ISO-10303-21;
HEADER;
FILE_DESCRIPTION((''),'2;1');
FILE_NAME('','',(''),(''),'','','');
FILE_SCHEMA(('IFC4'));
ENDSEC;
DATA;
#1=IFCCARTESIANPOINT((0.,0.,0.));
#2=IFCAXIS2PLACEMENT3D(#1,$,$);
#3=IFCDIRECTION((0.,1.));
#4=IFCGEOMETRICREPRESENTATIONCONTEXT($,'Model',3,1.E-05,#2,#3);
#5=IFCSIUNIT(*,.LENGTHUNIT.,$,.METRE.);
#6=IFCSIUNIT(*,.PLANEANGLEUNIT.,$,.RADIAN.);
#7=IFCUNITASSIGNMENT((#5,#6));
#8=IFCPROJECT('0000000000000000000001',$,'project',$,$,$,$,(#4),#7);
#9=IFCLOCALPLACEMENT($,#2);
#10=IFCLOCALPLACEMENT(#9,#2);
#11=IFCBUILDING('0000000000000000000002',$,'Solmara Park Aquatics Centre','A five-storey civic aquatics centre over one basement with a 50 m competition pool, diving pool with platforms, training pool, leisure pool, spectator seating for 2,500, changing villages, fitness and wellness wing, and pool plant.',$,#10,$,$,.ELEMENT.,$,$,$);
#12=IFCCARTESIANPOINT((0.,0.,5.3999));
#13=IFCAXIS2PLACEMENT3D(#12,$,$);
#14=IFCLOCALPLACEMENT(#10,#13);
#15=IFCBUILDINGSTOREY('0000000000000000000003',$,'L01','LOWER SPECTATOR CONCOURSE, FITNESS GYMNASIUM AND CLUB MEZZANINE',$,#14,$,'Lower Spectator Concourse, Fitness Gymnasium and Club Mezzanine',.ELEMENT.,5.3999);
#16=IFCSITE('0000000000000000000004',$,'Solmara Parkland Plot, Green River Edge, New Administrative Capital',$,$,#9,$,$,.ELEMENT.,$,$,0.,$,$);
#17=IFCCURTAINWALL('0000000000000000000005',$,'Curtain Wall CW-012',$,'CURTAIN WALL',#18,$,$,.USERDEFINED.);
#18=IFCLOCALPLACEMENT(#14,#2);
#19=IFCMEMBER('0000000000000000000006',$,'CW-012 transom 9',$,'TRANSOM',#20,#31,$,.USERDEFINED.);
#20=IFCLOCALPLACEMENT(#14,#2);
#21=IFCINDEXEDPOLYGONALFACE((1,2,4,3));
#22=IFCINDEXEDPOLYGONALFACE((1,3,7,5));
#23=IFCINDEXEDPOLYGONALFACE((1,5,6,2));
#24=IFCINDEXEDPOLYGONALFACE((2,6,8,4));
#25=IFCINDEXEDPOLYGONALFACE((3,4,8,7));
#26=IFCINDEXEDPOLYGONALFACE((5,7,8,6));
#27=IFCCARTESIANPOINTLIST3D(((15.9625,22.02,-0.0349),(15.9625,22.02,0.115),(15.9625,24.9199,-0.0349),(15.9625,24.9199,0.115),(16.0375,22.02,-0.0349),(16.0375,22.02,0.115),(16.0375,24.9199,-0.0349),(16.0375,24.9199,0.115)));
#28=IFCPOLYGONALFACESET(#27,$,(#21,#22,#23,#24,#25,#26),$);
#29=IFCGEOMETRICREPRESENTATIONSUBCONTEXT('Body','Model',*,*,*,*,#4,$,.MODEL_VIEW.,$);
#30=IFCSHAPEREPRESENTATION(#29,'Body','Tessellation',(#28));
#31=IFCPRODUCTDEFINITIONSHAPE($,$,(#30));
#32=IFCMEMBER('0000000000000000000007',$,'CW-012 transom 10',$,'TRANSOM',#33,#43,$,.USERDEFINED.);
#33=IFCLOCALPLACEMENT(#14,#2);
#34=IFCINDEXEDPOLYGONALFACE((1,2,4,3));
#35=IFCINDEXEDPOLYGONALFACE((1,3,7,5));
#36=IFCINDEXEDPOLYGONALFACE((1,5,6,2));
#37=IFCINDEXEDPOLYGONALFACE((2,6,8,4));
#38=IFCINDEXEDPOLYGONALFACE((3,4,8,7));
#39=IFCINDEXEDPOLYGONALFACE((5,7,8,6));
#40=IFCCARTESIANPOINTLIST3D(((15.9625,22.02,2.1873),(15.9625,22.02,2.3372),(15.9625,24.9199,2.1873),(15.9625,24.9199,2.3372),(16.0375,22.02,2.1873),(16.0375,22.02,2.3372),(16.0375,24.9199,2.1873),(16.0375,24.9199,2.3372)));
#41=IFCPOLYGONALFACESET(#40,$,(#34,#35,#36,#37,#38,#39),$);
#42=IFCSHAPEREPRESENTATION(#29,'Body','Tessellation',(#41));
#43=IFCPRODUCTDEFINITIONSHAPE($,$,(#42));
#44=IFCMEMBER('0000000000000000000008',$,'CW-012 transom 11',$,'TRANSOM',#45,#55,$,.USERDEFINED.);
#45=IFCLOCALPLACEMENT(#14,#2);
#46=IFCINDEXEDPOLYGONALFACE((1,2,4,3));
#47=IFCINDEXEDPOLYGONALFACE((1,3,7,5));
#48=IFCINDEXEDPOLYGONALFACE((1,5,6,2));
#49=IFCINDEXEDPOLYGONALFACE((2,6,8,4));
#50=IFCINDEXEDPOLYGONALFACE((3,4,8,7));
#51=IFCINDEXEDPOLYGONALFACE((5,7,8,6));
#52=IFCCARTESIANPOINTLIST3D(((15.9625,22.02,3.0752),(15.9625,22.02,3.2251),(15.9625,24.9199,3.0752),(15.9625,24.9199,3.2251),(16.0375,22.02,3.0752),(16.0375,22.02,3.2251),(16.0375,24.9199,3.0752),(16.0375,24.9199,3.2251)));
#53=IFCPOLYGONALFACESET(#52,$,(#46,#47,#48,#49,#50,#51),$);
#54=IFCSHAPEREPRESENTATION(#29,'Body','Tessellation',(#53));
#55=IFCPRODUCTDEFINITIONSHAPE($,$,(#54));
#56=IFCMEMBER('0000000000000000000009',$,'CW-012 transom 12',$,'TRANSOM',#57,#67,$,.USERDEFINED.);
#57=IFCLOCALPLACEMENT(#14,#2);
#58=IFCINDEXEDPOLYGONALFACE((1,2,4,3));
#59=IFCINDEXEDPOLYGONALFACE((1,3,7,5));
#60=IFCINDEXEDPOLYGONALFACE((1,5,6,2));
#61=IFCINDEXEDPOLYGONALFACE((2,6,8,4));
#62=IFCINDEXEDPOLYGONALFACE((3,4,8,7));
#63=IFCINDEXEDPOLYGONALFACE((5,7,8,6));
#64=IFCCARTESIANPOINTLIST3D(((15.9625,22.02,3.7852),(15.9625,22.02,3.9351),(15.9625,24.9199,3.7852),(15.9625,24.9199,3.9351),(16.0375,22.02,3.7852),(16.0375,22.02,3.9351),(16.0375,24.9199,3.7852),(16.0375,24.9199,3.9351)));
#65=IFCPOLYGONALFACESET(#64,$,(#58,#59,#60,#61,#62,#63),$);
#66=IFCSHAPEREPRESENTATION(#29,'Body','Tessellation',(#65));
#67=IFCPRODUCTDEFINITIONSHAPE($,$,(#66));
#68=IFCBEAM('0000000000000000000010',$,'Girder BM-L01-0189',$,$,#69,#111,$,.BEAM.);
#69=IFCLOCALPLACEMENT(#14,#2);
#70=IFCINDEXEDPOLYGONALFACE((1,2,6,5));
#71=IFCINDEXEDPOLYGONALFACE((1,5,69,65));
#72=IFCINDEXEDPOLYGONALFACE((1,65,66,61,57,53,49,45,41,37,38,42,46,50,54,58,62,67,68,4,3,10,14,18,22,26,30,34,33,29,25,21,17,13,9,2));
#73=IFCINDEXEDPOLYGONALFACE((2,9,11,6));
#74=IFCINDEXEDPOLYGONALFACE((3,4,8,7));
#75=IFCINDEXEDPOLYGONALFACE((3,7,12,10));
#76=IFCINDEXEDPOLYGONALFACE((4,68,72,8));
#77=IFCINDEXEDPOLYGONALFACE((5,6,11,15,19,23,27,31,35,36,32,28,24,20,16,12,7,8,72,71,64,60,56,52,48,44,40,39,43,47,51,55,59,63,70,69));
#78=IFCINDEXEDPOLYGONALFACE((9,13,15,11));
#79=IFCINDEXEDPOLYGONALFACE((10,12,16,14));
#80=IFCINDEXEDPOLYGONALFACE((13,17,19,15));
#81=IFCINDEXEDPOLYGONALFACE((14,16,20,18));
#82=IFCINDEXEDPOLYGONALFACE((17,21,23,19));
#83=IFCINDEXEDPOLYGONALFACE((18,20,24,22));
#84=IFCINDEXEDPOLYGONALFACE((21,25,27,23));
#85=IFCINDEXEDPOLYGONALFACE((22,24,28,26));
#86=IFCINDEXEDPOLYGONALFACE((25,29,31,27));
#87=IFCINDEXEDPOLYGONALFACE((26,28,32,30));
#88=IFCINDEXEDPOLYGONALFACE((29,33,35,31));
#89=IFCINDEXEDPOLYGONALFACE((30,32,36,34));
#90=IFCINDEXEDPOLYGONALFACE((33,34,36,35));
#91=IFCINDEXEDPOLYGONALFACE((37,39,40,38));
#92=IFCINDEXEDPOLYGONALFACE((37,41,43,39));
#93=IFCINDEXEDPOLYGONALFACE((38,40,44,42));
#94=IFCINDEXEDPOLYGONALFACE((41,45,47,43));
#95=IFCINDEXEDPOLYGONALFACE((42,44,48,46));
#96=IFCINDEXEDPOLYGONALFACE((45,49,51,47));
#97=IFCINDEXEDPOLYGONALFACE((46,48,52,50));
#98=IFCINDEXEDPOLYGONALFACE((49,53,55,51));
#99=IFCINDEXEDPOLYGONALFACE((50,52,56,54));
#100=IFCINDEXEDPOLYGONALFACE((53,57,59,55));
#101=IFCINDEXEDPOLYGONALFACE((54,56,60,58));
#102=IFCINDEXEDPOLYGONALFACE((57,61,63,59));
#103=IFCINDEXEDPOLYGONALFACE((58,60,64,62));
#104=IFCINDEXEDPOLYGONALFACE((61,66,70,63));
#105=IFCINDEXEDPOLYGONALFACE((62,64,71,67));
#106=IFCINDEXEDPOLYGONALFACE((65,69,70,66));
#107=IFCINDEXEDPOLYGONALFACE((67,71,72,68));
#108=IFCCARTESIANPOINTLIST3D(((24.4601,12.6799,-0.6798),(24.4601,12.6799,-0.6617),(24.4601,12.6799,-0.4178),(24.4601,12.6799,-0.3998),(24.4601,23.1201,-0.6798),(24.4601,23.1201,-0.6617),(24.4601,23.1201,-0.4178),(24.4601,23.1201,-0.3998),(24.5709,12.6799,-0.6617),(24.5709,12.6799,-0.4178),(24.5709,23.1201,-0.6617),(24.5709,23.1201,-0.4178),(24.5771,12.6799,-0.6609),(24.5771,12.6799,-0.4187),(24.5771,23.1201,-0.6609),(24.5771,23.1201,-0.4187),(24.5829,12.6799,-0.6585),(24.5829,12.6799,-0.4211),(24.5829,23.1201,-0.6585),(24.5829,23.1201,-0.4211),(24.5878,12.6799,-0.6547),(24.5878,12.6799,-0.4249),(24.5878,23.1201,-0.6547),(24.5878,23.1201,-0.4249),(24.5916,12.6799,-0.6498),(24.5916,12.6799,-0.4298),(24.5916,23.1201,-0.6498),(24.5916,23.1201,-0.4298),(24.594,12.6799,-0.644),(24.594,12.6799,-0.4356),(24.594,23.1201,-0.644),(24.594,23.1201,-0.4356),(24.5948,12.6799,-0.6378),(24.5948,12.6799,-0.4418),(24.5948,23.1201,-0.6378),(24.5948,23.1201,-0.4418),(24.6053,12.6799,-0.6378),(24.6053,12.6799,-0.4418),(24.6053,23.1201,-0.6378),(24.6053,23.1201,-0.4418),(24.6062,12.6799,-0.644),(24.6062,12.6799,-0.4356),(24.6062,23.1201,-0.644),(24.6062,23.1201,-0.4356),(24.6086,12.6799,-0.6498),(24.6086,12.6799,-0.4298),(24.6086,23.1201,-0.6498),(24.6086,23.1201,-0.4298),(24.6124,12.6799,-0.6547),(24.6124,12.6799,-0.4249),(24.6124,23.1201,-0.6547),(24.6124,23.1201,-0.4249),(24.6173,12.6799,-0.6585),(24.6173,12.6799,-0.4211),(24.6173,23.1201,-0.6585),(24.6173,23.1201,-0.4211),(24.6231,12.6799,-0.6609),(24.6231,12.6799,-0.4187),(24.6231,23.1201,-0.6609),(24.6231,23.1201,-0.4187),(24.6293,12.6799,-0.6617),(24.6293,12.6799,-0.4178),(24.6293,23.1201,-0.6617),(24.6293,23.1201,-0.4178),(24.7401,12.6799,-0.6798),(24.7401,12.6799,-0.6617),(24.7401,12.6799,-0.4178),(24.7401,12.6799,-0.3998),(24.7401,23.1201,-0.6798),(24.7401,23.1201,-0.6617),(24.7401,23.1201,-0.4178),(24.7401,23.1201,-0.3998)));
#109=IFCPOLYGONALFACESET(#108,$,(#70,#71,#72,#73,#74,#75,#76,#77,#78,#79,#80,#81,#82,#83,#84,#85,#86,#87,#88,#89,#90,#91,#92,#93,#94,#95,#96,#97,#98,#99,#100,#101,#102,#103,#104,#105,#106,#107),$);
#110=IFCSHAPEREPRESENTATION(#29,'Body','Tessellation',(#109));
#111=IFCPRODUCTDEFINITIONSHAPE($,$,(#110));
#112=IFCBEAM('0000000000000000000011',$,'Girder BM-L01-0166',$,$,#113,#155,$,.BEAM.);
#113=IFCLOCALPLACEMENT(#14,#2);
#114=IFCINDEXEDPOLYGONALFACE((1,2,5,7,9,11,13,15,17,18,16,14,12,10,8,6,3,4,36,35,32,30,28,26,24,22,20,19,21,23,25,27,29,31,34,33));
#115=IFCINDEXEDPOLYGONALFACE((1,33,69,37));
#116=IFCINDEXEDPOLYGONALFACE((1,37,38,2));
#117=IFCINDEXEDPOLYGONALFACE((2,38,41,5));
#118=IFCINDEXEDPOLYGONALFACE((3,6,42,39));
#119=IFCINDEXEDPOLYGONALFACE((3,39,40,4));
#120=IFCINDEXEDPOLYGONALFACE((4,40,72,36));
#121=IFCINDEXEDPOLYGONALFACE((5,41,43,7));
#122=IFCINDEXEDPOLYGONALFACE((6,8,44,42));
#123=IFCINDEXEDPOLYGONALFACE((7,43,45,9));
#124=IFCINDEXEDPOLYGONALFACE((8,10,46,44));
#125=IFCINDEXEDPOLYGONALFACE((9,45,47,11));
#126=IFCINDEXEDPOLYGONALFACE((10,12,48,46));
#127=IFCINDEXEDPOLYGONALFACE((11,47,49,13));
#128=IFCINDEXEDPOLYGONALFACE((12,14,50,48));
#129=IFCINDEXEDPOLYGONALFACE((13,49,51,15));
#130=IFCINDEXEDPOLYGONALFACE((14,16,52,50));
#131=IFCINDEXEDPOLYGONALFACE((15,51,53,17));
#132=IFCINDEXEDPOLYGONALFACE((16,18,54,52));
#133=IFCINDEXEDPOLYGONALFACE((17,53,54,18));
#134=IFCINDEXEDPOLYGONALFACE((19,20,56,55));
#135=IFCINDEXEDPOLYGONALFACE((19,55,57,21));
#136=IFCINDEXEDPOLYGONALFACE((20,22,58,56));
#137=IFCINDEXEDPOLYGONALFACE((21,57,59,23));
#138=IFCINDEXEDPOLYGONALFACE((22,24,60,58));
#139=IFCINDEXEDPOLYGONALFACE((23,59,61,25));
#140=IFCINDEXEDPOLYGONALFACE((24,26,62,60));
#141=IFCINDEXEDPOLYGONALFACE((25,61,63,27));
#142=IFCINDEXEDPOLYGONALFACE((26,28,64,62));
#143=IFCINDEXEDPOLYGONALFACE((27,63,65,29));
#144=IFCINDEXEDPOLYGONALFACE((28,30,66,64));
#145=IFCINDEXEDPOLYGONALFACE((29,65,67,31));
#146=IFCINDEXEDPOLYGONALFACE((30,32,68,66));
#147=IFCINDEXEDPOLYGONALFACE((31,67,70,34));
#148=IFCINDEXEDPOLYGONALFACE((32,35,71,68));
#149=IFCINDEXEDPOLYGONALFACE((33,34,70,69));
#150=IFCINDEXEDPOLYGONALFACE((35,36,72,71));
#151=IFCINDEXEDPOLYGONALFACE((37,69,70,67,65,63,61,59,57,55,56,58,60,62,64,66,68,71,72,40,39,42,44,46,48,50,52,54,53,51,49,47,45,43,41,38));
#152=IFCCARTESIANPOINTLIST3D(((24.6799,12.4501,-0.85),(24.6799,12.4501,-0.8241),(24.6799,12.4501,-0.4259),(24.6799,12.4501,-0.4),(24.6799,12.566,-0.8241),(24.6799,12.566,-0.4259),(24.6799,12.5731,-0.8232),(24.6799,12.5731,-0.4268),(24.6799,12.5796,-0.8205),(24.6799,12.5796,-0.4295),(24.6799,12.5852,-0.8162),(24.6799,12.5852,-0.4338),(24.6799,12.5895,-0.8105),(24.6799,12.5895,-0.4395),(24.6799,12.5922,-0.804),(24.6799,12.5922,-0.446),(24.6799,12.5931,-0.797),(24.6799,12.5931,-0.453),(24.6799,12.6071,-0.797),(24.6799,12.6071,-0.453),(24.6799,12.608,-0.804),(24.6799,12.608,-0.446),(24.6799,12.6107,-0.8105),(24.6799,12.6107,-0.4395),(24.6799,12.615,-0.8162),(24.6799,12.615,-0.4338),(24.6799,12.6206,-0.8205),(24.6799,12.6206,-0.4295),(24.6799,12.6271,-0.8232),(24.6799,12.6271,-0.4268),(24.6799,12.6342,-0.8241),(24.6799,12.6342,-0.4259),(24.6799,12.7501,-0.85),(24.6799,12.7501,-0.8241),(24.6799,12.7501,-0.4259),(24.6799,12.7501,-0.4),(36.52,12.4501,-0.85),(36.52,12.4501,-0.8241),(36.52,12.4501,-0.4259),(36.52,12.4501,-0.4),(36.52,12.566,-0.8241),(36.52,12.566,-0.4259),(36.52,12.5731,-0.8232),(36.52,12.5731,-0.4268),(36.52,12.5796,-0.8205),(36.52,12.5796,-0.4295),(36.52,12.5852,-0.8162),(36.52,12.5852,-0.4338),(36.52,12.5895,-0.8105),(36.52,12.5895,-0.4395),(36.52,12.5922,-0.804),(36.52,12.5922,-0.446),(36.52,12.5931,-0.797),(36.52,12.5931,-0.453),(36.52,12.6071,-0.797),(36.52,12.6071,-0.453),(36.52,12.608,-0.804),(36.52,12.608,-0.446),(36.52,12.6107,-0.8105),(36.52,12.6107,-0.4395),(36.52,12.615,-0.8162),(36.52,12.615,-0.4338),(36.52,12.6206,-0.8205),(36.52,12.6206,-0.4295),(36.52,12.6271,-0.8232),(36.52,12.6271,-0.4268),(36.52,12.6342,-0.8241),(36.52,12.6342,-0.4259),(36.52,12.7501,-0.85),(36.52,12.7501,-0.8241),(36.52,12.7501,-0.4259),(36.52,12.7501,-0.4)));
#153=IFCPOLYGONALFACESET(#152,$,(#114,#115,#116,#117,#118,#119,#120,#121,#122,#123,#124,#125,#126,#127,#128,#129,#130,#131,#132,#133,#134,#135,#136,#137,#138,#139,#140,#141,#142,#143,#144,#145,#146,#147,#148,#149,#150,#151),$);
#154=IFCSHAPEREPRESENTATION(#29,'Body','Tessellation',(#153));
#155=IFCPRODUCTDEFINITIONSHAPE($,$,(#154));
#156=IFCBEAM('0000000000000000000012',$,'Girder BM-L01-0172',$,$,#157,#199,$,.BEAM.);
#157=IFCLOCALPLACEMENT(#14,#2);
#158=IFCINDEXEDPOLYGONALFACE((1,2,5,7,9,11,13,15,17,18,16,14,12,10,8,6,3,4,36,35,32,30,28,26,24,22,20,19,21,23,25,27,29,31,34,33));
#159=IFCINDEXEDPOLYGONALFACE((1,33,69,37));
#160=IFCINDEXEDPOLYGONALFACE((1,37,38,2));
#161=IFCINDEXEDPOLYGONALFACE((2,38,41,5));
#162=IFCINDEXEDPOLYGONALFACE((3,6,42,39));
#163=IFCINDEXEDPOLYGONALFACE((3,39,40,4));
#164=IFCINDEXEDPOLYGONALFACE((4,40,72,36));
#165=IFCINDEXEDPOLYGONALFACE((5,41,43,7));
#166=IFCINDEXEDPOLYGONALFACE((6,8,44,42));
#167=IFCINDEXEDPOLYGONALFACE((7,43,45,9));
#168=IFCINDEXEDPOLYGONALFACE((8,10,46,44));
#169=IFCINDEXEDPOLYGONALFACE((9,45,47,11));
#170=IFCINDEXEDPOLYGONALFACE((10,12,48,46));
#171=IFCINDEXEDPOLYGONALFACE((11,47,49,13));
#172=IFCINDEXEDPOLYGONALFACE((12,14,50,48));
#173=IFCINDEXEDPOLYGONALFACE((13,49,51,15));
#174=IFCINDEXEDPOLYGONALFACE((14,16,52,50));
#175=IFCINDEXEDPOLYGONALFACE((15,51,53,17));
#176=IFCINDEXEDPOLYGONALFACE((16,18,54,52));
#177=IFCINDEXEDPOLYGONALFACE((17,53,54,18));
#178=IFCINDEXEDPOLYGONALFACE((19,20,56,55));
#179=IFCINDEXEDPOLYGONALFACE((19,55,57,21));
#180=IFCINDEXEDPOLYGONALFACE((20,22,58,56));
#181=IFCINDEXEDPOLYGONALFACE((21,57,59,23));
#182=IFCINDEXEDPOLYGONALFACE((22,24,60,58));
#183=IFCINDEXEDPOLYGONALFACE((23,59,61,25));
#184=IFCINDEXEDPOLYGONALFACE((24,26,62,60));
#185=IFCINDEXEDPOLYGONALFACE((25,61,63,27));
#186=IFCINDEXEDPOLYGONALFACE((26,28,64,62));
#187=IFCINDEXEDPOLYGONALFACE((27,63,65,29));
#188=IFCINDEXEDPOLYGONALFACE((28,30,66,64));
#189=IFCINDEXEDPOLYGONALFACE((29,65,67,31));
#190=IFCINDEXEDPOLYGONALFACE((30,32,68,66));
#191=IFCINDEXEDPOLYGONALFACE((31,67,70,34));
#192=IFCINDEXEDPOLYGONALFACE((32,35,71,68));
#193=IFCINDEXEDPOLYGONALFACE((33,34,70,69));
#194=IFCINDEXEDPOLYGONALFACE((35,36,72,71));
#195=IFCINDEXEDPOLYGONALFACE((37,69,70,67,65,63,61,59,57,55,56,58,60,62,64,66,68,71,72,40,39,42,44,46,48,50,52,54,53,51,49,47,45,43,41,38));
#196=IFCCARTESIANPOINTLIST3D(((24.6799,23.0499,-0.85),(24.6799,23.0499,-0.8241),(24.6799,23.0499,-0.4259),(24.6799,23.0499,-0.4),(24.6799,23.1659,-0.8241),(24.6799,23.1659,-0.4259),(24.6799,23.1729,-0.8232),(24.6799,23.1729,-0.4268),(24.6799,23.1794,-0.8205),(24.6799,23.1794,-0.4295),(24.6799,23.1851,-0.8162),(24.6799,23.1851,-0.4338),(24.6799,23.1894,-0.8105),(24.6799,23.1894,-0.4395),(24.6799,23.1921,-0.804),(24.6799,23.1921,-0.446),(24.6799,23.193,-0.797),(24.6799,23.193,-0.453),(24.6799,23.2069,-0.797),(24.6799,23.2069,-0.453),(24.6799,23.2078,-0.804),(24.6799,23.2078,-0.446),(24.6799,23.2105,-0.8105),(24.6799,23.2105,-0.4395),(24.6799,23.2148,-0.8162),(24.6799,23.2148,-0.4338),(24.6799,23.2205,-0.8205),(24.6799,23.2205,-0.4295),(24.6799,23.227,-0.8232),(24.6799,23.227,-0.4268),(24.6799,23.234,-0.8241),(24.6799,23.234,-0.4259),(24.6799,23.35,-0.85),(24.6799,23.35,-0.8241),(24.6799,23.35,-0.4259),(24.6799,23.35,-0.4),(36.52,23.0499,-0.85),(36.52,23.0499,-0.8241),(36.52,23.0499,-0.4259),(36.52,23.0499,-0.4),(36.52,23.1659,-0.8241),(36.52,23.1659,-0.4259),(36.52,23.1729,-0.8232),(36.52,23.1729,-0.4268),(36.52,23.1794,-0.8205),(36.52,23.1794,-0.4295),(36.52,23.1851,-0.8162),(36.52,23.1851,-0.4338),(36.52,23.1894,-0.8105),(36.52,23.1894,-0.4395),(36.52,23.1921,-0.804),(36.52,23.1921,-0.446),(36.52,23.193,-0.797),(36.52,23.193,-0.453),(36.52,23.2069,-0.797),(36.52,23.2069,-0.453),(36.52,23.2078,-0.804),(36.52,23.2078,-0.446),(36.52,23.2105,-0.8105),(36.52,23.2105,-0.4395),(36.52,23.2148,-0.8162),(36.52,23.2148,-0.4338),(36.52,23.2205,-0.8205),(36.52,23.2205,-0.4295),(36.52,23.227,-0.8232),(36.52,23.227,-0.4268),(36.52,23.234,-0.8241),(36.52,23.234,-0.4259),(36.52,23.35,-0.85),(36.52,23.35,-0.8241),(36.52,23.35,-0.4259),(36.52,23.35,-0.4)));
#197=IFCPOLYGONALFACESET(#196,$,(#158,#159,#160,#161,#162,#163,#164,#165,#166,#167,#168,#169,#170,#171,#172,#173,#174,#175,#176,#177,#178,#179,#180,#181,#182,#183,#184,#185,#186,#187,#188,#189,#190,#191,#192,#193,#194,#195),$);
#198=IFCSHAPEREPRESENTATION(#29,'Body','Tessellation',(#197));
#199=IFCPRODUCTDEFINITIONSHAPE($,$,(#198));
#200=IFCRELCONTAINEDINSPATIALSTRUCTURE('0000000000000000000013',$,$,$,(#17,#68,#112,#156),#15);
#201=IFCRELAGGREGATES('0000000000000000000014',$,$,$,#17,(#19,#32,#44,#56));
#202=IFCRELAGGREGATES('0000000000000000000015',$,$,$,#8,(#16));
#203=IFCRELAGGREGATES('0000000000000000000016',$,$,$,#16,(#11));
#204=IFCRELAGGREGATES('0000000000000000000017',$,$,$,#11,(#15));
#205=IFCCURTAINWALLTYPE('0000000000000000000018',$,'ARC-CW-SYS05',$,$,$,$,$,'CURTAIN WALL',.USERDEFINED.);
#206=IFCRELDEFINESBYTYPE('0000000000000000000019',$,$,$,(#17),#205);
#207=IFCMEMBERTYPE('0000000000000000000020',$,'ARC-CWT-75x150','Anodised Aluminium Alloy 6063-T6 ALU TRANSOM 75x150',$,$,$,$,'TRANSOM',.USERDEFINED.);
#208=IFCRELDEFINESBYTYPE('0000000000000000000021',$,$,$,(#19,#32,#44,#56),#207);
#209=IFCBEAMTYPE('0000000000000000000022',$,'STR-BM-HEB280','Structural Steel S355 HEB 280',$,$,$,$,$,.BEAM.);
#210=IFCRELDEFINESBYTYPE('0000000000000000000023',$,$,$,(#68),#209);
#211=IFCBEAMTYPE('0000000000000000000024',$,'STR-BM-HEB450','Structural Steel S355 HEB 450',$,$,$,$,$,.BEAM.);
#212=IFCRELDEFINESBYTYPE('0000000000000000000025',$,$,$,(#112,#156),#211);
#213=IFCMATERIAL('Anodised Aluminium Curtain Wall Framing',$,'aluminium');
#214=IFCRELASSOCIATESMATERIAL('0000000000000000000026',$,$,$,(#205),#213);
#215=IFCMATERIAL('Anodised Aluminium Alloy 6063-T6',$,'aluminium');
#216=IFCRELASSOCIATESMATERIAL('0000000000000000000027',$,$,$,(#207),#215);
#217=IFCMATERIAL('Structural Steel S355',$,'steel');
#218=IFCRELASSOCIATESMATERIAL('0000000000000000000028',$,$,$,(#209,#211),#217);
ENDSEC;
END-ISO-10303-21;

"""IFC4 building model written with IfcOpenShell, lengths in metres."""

from ifc_helpers import new_model, si_unit, direction, frame, origin, origin_2d, place, context, subcontext, project, spatial, rectangle, i_section, extrude, material, material_profile, profile_set, type_object, element, aggregate, save


model = new_model("IFC4")

# Units and contexts
model_context = context("Model", 3, precision=1e-05, world=origin(), true_north=direction((0.0, 1.0)))
body_context = subcontext(model_context, "Body", "Model", "MODEL_VIEW")
ifc_project = project(units=[si_unit("LENGTHUNIT", "METRE"), si_unit("PLANEANGLEUNIT", "RADIAN")], contexts=[model_context])

# Site, building, storey
site_placement = place(None, origin())
site = spatial("IfcSite", under=ifc_project, at=site_placement, Name="Solmara Parkland Plot, Green River Edge, New Administrative Capital", CompositionType="ELEMENT", RefElevation=0.0)
building_placement = place(site_placement, origin())
building = spatial("IfcBuilding", under=site, at=building_placement, Name="Solmara Park Aquatics Centre", Description="A five-storey civic aquatics centre over one basement with a 50 m competition pool, diving pool with platforms, training pool, leisure pool, spectator seating for 2,500, changing villages, fitness and wellness wing, and pool plant.", CompositionType="ELEMENT")
storey_placement = place(building_placement, frame((0.0, 0.0, 5.3999)))
storey = spatial("IfcBuildingStorey", under=building, at=storey_placement, Name="L01", Description="LOWER SPECTATOR CONCOURSE, FITNESS GYMNASIUM AND CLUB MEZZANINE", LongName="Lower Spectator Concourse, Fitness Gymnasium and Club Mezzanine", CompositionType="ELEMENT", Elevation=5.3999)

# Shared definitions
ifc_material_1 = material(Name="Structural Steel S355", Category="steel")

# Curtain wall, members
ifc_material_2 = material(Name="Anodised Aluminium Curtain Wall Framing", Category="aluminium")
curtain_wall_type = type_object("IfcCurtainWallType", Name="ARC-CW-SYS05", ElementType="CURTAIN WALL", PredefinedType="USERDEFINED", material=ifc_material_2)
curtain_wall_placement = place(storey_placement, origin())
curtain_wall = element("IfcCurtainWall", 1, at=curtain_wall_placement, inside=storey, type_object=curtain_wall_type, Name="Curtain Wall CW-012", ObjectType="CURTAIN WALL", PredefinedType="USERDEFINED")
ifc_material_3 = material(Name="Anodised Aluminium Alloy 6063-T6", Category="aluminium")
ifc_material_profile_1 = material_profile(ifc_material_3, rectangle(XDim=0.075, YDim=0.1499, at=origin_2d()), Name="ALU TRANSOM 75x150")
ifc_profile_set_1 = profile_set([ifc_material_profile_1], Name="Anodised Aluminium Alloy 6063-T6")
member_type_1 = type_object("IfcMemberType", Name="ARC-CWT-75x150", Description="Anodised Aluminium Alloy 6063-T6 ALU TRANSOM 75x150", ElementType="TRANSOM", PredefinedType="USERDEFINED", material=ifc_profile_set_1)
member_1_placement = place(storey_placement, frame((16.0, 22.02, 0.04), z_axis=(0.0, 1.0, 0.0), x_axis=(-1.0, 0.0, 0.0)))
member_1 = element("IfcMember", 2, at=member_1_placement, type_object=member_type_1, Name="CW-012 transom 9", ObjectType="TRANSOM", PredefinedType="USERDEFINED", context=body_context, shape_type="SweptSolid", body=[
    extrude(rectangle(XDim=0.075, YDim=0.1499, at=origin_2d()), origin(), (0.0, 0.0, 1.0), 2.8999),
])
member_2_placement = place(storey_placement, frame((16.0, 22.02, 2.2622), z_axis=(0.0, 1.0, 0.0), x_axis=(-1.0, 0.0, 0.0)))
member_2 = element("IfcMember", 3, at=member_2_placement, type_object=member_type_1, Name="CW-012 transom 10", ObjectType="TRANSOM", PredefinedType="USERDEFINED", context=body_context, shape_type="SweptSolid", body=[
    extrude(rectangle(XDim=0.075, YDim=0.1499, at=origin_2d()), origin(), (0.0, 0.0, 1.0), 2.8999),
])
member_3_placement = place(storey_placement, frame((16.0, 22.02, 3.1501), z_axis=(0.0, 1.0, 0.0), x_axis=(-1.0, 0.0, 0.0)))
member_3 = element("IfcMember", 4, at=member_3_placement, type_object=member_type_1, Name="CW-012 transom 11", ObjectType="TRANSOM", PredefinedType="USERDEFINED", context=body_context, shape_type="SweptSolid", body=[
    extrude(rectangle(XDim=0.075, YDim=0.1499, at=origin_2d()), origin(), (0.0, 0.0, 1.0), 2.8999),
])
member_4_placement = place(storey_placement, frame((16.0, 22.02, 3.8601), z_axis=(0.0, 1.0, 0.0), x_axis=(-1.0, 0.0, 0.0)))
member_4 = element("IfcMember", 5, at=member_4_placement, type_object=member_type_1, Name="CW-012 transom 12", ObjectType="TRANSOM", PredefinedType="USERDEFINED", context=body_context, shape_type="SweptSolid", body=[
    extrude(rectangle(XDim=0.075, YDim=0.1499, at=origin_2d()), origin(), (0.0, 0.0, 1.0), 2.8999),
])

# Beams
ifc_material_profile_2 = material_profile(ifc_material_1, i_section(OverallWidth=0.28, OverallDepth=0.28, WebThickness=0.0105, FlangeThickness=0.0181, FilletRadius=0.0239, at=origin_2d()), Name="HEB 280")
ifc_profile_set_2 = profile_set([ifc_material_profile_2], Name="Structural Steel S355")
beam_type_1 = type_object("IfcBeamType", Name="STR-BM-HEB280", Description="Structural Steel S355 HEB 280", PredefinedType="BEAM", material=ifc_profile_set_2)
beam_placement = place(storey_placement, frame((24.6001, 12.6799, -0.5398), z_axis=(0.0, 1.0, 0.0), x_axis=(-1.0, 0.0, 0.0)))
element("IfcBeam", 6, at=beam_placement, inside=storey, type_object=beam_type_1, Name="Girder BM-L01-0189", PredefinedType="BEAM", context=body_context, shape_type="SweptSolid", body=[
    extrude(i_section(OverallWidth=0.28, OverallDepth=0.28, WebThickness=0.0105, FlangeThickness=0.0181, FilletRadius=0.0239, at=origin_2d()), origin(), (0.0, 0.0, 1.0), 10.4402),
])
ifc_material_profile_3 = material_profile(ifc_material_1, i_section(OverallWidth=0.3, OverallDepth=0.45, WebThickness=0.0139, FlangeThickness=0.0259, FilletRadius=0.0271, at=origin_2d()), Name="HEB 450")
ifc_profile_set_3 = profile_set([ifc_material_profile_3], Name="Structural Steel S355")
beam_type_2 = type_object("IfcBeamType", Name="STR-BM-HEB450", Description="Structural Steel S355 HEB 450", PredefinedType="BEAM", material=ifc_profile_set_3)
for number, where, z_axis, x_axis, name in (
    (7, (24.6799, 12.6001, -0.625), (1.0, 0.0, 0.0), (0.0, 1.0, 0.0), "Girder BM-L01-0166"),
    (8, (24.6799, 23.2, -0.625), (1.0, 0.0, 0.0), (0.0, 1.0, 0.0), "Girder BM-L01-0172"),
):
    element("IfcBeam", number, at=place(storey_placement, frame(where, z_axis=z_axis, x_axis=x_axis)), inside=storey, type_object=beam_type_2, Name=name, PredefinedType="BEAM", context=body_context, shape_type="SweptSolid", body=[
        extrude(i_section(OverallWidth=0.3, OverallDepth=0.45, WebThickness=0.0139, FlangeThickness=0.0259, FilletRadius=0.0271, at=origin_2d()), origin(), (0.0, 0.0, 1.0), 11.8401),
    ])

aggregate(curtain_wall, [member_1, member_2, member_3, member_4])

save(model, "model.ifc")
